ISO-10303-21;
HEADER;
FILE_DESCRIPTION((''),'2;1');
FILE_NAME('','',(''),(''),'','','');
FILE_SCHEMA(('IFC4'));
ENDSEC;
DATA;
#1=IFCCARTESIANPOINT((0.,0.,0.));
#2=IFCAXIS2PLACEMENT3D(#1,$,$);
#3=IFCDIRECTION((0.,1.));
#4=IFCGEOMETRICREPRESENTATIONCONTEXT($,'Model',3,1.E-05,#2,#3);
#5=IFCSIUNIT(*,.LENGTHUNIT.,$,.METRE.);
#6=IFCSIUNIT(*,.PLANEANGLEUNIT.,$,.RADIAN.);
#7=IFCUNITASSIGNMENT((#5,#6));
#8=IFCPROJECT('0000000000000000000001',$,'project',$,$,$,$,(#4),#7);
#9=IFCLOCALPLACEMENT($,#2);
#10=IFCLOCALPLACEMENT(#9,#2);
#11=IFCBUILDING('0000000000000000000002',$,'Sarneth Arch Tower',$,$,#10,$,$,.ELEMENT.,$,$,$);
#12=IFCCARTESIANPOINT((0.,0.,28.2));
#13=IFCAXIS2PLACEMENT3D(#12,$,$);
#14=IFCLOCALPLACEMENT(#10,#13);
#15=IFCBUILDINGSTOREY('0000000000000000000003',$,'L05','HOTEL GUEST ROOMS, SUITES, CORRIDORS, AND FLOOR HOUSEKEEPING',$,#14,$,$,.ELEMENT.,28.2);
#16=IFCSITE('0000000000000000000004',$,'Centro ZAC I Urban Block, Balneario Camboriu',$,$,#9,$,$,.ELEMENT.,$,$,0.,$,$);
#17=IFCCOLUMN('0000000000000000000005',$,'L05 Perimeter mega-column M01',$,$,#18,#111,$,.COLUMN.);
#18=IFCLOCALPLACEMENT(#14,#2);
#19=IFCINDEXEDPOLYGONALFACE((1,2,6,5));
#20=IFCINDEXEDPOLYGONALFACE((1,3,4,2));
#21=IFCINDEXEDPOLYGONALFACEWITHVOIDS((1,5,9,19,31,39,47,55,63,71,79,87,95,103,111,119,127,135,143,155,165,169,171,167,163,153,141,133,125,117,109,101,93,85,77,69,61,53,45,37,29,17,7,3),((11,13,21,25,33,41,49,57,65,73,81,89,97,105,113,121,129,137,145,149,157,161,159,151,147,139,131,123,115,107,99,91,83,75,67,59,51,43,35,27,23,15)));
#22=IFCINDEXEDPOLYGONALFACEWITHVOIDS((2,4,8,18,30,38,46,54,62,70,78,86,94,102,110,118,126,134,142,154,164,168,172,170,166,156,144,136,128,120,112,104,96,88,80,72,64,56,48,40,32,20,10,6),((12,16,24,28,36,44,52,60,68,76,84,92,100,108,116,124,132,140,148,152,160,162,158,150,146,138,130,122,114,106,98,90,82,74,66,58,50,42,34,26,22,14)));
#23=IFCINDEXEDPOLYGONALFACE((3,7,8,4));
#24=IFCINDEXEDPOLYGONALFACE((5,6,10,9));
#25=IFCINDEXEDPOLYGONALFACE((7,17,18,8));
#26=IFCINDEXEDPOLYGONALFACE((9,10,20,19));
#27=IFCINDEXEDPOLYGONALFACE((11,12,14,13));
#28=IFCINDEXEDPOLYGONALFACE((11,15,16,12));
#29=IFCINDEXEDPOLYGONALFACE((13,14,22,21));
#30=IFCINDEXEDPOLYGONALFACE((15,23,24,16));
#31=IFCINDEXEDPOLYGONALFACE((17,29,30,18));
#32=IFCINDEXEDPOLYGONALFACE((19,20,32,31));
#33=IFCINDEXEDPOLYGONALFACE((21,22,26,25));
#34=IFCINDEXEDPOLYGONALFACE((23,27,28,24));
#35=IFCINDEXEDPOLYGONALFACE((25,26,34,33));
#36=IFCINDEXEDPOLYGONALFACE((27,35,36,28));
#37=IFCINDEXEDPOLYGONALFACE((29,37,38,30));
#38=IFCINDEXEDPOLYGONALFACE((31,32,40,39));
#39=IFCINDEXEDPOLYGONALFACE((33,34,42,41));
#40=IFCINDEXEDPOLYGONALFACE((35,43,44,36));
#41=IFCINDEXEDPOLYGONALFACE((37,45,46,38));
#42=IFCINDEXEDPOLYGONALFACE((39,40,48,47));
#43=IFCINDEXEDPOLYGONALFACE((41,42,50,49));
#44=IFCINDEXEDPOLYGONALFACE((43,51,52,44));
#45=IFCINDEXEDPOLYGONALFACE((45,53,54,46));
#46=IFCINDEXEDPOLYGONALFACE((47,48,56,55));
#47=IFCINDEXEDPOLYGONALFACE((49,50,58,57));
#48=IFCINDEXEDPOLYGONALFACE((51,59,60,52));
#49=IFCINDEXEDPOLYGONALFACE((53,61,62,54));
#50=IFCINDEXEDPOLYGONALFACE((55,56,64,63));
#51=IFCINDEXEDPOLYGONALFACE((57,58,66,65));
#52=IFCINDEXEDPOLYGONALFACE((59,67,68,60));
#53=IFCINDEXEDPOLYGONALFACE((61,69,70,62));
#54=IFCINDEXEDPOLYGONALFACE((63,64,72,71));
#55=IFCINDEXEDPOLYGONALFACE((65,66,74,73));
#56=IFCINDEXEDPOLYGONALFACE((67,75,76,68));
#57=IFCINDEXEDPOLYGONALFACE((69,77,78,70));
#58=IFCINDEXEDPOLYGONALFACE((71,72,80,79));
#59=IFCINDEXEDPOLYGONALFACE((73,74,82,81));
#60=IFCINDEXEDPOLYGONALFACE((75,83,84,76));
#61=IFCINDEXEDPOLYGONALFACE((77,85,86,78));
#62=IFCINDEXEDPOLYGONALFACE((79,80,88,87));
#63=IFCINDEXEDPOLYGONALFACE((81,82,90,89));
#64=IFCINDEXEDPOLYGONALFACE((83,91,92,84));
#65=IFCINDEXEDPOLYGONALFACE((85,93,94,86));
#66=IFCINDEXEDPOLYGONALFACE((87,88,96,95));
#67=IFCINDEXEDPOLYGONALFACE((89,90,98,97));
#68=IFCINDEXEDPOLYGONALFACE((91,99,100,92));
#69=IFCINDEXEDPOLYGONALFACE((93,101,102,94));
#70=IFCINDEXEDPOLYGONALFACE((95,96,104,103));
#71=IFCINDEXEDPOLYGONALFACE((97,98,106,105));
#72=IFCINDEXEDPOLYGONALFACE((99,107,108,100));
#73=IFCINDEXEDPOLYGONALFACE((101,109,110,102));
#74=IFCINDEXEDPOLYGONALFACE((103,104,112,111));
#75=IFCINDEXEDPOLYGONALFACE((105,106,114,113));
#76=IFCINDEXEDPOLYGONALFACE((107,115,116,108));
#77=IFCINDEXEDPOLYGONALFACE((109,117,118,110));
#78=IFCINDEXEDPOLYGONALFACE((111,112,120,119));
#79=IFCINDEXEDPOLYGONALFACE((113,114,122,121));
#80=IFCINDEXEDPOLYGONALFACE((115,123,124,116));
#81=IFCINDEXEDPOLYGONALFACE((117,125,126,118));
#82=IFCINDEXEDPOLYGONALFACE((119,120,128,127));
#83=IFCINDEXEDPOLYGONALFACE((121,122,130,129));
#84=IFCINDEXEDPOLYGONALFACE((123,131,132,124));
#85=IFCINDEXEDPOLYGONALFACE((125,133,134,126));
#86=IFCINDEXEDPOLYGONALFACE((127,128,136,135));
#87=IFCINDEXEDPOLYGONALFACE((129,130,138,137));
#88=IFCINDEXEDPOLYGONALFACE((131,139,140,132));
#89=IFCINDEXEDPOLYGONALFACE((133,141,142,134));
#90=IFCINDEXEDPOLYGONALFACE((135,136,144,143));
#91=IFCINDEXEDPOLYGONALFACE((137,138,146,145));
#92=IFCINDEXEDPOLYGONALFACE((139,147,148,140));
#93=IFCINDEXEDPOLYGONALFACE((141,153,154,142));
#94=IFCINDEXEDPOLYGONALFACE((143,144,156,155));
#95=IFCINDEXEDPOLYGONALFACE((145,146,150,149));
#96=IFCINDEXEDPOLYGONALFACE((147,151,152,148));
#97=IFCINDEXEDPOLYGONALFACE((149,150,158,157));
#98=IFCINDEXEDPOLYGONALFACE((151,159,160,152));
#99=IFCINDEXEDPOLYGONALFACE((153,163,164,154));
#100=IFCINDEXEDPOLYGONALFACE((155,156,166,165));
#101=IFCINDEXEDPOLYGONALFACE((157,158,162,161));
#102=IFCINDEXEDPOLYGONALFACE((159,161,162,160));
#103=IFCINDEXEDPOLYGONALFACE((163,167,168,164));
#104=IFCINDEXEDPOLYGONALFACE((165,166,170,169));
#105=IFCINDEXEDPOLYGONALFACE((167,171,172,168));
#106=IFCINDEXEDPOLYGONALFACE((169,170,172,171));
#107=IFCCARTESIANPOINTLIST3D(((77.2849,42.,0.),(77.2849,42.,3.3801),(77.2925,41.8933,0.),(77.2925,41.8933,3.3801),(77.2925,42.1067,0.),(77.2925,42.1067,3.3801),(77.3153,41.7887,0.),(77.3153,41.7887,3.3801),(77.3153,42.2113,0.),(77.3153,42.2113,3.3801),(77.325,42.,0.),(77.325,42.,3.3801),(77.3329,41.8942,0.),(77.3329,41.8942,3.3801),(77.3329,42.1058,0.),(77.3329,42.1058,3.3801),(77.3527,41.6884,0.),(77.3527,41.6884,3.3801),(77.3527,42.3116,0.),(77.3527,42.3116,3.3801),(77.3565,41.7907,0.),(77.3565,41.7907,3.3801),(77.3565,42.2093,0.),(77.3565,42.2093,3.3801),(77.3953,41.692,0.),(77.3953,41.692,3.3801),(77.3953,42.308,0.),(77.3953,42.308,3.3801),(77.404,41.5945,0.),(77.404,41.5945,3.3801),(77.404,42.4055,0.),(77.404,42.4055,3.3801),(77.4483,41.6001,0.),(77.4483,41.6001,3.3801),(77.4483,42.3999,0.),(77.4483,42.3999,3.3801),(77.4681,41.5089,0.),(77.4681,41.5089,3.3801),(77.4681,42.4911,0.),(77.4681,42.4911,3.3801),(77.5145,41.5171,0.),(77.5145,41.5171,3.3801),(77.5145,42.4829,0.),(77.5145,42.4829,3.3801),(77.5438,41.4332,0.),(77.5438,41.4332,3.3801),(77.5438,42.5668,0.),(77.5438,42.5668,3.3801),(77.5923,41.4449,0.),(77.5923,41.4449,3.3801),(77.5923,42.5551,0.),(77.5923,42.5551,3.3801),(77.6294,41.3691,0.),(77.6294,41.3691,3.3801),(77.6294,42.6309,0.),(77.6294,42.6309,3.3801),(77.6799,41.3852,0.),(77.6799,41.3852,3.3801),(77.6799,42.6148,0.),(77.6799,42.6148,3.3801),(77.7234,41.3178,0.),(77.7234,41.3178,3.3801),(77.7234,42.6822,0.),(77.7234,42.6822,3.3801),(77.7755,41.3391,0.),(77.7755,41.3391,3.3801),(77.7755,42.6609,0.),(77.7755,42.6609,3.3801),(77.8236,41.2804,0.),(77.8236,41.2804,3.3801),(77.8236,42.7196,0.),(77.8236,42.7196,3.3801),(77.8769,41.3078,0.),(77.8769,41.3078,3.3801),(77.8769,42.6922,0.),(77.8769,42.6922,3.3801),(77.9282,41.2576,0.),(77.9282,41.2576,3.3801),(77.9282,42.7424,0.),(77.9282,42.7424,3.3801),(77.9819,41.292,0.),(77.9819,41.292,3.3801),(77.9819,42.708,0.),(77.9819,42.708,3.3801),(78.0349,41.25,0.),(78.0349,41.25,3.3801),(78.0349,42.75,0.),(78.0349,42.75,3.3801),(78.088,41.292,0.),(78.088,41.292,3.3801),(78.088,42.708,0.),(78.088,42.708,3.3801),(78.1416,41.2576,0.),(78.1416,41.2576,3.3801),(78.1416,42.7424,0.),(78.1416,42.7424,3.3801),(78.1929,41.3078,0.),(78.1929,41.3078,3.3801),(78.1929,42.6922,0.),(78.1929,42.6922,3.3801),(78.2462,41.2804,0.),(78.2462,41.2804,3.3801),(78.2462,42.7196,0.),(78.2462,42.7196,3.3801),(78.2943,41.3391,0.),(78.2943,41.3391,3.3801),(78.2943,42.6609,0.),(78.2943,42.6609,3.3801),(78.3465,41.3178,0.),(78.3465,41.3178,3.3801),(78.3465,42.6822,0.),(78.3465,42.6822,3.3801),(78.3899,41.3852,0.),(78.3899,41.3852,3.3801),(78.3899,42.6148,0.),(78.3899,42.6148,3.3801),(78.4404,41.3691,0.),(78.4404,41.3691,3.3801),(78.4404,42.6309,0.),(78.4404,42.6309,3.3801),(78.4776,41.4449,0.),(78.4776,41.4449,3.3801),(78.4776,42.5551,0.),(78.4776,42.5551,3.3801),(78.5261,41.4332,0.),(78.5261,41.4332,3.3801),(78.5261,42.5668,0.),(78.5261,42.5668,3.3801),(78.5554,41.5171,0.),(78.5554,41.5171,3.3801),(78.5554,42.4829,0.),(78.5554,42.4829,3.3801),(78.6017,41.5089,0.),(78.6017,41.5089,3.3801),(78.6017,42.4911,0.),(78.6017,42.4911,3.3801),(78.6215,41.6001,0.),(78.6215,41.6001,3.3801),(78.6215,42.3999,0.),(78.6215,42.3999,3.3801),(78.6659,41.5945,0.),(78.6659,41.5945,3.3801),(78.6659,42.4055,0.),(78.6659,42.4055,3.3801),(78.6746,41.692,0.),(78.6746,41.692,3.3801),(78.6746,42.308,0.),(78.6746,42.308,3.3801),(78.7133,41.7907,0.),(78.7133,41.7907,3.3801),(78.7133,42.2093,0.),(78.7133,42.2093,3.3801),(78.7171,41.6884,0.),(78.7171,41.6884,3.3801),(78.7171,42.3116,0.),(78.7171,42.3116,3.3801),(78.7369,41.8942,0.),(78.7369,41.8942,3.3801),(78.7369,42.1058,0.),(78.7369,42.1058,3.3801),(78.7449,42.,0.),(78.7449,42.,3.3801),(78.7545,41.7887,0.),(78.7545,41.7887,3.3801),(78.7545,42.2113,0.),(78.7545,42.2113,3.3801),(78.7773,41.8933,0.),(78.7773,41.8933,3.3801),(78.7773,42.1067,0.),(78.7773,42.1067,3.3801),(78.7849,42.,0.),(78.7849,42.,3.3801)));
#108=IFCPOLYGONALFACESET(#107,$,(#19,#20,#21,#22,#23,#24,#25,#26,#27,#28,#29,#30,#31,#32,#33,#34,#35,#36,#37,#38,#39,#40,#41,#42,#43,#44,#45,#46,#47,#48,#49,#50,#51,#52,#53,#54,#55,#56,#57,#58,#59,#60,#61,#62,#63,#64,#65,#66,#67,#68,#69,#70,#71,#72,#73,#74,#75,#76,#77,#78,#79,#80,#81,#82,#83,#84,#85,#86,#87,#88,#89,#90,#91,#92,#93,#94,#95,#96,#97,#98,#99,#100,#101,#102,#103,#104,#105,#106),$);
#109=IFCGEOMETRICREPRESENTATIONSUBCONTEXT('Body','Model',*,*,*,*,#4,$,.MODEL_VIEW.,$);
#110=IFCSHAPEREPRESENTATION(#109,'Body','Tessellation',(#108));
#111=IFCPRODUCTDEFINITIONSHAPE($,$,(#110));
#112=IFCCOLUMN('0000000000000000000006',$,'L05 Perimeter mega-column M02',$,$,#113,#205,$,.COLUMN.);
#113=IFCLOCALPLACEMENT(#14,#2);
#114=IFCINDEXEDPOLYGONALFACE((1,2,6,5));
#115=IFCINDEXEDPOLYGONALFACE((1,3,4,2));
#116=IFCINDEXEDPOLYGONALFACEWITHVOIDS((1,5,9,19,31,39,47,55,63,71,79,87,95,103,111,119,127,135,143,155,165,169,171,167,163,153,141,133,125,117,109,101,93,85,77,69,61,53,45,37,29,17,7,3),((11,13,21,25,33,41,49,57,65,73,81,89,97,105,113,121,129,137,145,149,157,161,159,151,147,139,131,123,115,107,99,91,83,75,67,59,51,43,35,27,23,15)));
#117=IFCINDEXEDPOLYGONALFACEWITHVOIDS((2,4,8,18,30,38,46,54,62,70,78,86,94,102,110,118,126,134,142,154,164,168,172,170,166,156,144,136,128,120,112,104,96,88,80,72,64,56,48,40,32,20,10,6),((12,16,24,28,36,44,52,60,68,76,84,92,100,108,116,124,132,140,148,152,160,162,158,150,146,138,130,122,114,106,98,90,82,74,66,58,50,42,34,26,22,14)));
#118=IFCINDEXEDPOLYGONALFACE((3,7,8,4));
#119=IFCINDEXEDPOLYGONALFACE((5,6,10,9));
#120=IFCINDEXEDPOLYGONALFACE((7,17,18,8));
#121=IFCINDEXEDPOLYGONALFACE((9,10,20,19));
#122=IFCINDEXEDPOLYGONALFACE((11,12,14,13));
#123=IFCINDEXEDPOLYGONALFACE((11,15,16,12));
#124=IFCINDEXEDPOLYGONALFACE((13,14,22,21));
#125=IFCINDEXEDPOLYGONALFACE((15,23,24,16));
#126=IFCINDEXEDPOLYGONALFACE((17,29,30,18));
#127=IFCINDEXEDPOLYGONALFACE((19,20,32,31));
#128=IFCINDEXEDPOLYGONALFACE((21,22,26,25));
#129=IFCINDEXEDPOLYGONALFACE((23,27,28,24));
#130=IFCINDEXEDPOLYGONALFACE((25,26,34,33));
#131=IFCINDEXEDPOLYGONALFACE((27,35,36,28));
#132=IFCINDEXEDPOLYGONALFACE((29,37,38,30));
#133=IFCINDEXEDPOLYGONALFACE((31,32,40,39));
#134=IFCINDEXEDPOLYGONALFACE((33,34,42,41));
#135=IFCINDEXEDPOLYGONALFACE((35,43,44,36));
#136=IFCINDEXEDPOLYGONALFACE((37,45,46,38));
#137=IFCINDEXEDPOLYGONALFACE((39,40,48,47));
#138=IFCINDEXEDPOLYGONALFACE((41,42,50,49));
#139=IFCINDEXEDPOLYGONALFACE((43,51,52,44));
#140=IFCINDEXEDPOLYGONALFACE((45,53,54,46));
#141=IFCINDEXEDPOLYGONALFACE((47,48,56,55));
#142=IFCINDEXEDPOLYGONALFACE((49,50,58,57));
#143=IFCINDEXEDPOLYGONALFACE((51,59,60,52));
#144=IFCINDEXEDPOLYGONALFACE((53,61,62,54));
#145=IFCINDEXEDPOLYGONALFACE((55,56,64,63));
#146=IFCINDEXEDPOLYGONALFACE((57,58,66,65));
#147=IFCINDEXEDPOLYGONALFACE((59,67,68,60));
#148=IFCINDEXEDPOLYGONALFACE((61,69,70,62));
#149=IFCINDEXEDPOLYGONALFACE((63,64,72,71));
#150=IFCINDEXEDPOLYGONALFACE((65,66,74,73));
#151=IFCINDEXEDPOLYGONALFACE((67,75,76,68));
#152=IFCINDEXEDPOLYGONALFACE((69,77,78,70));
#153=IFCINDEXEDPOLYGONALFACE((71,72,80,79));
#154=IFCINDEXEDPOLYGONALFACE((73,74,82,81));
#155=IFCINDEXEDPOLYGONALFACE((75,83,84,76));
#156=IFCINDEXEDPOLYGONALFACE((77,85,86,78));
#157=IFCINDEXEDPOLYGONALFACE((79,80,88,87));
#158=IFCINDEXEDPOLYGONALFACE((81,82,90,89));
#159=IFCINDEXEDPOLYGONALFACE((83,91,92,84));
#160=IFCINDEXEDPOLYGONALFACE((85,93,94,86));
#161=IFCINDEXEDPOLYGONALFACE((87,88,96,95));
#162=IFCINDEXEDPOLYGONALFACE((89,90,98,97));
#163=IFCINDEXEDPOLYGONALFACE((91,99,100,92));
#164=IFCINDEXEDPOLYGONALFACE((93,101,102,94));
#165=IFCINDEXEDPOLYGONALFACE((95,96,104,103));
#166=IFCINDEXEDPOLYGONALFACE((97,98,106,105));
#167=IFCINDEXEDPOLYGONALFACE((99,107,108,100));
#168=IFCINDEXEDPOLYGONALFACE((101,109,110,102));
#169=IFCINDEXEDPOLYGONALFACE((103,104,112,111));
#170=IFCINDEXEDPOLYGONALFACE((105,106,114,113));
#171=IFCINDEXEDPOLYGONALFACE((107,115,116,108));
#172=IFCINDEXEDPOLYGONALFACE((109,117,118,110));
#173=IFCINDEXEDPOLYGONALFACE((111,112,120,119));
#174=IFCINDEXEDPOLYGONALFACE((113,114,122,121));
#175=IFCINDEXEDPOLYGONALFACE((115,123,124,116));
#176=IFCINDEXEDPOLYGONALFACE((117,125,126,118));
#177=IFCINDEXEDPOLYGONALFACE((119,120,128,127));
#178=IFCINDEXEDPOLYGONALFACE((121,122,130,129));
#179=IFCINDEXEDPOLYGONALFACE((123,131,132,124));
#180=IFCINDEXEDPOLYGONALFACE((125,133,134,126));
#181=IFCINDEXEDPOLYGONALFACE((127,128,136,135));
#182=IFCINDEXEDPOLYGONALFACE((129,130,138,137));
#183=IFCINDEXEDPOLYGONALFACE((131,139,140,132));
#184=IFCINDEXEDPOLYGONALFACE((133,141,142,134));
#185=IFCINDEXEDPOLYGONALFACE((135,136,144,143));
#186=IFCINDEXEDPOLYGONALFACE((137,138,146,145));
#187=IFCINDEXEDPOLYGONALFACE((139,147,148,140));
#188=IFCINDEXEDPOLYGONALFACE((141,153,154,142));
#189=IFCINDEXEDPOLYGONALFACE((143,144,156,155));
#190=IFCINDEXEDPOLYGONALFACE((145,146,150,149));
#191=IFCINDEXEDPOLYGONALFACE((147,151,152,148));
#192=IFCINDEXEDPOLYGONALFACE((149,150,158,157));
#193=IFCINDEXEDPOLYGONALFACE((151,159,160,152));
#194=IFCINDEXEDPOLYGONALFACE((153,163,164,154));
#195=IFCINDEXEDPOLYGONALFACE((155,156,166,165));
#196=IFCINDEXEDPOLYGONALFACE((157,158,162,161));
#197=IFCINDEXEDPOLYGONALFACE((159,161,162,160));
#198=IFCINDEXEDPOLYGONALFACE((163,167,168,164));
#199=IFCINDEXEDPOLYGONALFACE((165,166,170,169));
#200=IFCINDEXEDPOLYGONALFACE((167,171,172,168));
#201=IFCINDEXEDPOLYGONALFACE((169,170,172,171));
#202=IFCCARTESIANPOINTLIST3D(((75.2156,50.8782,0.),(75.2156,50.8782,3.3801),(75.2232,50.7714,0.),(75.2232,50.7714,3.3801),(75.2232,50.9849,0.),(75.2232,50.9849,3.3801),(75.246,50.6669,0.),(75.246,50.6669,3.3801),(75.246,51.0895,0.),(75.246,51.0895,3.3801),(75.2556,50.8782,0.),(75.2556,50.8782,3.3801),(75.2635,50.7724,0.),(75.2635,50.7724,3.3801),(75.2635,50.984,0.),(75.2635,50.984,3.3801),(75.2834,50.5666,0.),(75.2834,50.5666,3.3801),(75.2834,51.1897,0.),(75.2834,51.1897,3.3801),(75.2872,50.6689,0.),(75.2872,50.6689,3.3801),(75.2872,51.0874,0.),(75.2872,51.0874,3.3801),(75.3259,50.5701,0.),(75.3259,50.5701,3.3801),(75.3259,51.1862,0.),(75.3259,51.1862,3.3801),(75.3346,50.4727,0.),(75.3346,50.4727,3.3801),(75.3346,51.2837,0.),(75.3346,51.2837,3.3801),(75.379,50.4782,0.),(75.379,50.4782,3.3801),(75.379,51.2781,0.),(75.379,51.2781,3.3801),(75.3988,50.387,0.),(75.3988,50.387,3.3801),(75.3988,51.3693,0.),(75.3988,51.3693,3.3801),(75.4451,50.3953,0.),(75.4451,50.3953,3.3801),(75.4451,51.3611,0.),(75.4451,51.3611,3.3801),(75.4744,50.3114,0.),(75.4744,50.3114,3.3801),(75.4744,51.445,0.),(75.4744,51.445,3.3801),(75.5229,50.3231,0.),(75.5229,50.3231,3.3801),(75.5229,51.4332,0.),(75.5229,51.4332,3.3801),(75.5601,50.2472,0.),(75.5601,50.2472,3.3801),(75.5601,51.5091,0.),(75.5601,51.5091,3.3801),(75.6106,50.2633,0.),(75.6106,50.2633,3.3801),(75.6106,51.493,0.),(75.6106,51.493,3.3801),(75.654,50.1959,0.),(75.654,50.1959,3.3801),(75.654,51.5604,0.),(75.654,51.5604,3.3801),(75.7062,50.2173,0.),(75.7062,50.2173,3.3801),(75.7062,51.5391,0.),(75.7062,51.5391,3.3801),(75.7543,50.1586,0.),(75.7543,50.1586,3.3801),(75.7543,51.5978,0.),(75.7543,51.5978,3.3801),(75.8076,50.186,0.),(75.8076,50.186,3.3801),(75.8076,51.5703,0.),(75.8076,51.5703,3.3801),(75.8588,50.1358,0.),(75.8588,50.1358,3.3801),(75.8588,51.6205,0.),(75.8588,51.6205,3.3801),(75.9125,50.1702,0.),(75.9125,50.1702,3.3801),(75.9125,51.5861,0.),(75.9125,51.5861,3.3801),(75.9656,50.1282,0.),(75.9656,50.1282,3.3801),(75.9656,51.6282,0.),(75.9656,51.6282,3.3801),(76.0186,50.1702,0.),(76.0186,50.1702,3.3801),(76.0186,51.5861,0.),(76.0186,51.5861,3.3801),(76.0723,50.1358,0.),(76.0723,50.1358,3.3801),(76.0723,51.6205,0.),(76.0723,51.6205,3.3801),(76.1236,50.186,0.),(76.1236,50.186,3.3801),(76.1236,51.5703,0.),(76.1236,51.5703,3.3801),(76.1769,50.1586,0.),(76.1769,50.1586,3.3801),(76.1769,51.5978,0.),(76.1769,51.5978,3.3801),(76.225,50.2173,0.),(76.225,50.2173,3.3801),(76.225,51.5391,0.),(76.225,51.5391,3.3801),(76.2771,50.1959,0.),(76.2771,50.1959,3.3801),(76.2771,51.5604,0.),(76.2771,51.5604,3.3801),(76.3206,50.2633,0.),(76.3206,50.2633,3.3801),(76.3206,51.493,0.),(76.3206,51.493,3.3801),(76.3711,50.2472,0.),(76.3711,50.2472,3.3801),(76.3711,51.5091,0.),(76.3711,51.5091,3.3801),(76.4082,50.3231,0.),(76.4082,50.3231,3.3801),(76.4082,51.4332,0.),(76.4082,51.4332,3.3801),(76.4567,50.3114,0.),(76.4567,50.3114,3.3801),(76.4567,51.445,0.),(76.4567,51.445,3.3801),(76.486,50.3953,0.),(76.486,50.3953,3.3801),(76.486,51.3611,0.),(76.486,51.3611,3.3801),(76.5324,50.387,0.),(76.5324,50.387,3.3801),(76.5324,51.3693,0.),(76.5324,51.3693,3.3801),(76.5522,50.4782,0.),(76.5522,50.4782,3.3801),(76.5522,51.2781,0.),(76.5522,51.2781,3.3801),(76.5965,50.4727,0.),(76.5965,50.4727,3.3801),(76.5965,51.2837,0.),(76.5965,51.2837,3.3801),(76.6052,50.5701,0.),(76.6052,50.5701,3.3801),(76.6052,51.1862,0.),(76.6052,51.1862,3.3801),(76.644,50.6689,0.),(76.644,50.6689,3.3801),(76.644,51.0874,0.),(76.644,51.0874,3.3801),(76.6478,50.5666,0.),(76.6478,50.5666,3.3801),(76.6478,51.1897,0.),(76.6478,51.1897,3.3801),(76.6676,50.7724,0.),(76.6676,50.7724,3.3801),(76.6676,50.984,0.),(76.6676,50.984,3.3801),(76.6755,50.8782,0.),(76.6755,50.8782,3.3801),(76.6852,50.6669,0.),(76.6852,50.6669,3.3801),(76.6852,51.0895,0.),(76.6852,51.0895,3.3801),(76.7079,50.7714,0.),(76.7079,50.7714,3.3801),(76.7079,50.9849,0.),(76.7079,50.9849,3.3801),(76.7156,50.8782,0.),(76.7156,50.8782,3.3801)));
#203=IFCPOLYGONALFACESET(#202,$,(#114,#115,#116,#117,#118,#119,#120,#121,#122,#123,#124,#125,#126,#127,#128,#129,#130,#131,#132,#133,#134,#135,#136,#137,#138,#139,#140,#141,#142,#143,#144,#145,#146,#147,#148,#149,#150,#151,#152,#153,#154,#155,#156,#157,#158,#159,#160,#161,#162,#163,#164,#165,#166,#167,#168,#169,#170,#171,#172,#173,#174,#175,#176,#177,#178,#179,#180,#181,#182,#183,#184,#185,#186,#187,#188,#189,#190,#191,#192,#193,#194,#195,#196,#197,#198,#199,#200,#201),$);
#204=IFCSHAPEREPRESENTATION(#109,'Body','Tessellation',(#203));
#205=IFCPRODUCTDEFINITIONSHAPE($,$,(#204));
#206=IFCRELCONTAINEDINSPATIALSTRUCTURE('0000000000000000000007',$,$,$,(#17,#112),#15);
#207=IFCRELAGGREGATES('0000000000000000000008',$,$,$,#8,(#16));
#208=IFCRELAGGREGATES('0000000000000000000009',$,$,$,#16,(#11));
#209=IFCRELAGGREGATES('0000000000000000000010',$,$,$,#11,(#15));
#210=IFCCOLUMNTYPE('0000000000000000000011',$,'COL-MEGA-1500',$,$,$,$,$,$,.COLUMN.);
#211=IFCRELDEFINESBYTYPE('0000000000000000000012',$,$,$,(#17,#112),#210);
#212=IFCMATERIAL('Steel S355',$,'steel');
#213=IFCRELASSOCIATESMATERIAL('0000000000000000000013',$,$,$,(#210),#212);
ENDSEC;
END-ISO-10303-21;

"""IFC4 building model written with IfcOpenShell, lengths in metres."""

from ifc_helpers import new_model, si_unit, direction, frame, origin, origin_2d, place, context, subcontext, project, spatial, hollow_circle, extrude, material, material_profile, profile_set, type_object, element, save


model = new_model("IFC4")

# Units and contexts
model_context = context("Model", 3, precision=1e-05, world=origin(), true_north=direction((0.0, 1.0)))
body_context = subcontext(model_context, "Body", "Model", "MODEL_VIEW")
ifc_project = project(units=[si_unit("LENGTHUNIT", "METRE"), si_unit("PLANEANGLEUNIT", "RADIAN")], contexts=[model_context])

# Site, building, storey
site_placement = place(None, origin())
site = spatial("IfcSite", under=ifc_project, at=site_placement, Name="Centro ZAC I Urban Block, Balneario Camboriu", CompositionType="ELEMENT", RefElevation=0.0)
building_placement = place(site_placement, origin())
building = spatial("IfcBuilding", under=site, at=building_placement, Name="Sarneth Arch Tower", CompositionType="ELEMENT")
storey_placement = place(building_placement, frame((0.0, 0.0, 28.2)))
storey = spatial("IfcBuildingStorey", under=building, at=storey_placement, Name="L05", Description="HOTEL GUEST ROOMS, SUITES, CORRIDORS, AND FLOOR HOUSEKEEPING", CompositionType="ELEMENT", Elevation=28.2)

# Columns
ifc_material_1 = material(Name="Steel S355", Category="steel")
ifc_material_profile_1 = material_profile(ifc_material_1, hollow_circle(Radius=0.75, WallThickness=0.04, at=origin_2d()), Name="CHS1500x40")
ifc_profile_set_1 = profile_set([ifc_material_profile_1], Name="Steel S355")
column_type = type_object("IfcColumnType", Name="COL-MEGA-1500", PredefinedType="COLUMN", material=ifc_profile_set_1)
for number, where, z_axis, x_axis, name in (
    (1, (78.0349, 42.0, 0.0), (0.0, 0.0, 1.0), (1.0, 0.0, 0.0), "L05 Perimeter mega-column M01"),
    (2, (75.9656, 50.8782, 0.0), (0.0, 0.0, 1.0), (1.0, 0.0, 0.0), "L05 Perimeter mega-column M02"),
):
    element("IfcColumn", number, at=place(storey_placement, frame(where, z_axis=z_axis, x_axis=x_axis)), inside=storey, type_object=column_type, Name=name, PredefinedType="COLUMN", context=body_context, shape_type="SweptSolid", body=[
        extrude(hollow_circle(Radius=0.75, WallThickness=0.04, at=origin_2d()), origin(), (0.0, 0.0, 1.0), 3.3801),
    ])

save(model, "model.ifc")
